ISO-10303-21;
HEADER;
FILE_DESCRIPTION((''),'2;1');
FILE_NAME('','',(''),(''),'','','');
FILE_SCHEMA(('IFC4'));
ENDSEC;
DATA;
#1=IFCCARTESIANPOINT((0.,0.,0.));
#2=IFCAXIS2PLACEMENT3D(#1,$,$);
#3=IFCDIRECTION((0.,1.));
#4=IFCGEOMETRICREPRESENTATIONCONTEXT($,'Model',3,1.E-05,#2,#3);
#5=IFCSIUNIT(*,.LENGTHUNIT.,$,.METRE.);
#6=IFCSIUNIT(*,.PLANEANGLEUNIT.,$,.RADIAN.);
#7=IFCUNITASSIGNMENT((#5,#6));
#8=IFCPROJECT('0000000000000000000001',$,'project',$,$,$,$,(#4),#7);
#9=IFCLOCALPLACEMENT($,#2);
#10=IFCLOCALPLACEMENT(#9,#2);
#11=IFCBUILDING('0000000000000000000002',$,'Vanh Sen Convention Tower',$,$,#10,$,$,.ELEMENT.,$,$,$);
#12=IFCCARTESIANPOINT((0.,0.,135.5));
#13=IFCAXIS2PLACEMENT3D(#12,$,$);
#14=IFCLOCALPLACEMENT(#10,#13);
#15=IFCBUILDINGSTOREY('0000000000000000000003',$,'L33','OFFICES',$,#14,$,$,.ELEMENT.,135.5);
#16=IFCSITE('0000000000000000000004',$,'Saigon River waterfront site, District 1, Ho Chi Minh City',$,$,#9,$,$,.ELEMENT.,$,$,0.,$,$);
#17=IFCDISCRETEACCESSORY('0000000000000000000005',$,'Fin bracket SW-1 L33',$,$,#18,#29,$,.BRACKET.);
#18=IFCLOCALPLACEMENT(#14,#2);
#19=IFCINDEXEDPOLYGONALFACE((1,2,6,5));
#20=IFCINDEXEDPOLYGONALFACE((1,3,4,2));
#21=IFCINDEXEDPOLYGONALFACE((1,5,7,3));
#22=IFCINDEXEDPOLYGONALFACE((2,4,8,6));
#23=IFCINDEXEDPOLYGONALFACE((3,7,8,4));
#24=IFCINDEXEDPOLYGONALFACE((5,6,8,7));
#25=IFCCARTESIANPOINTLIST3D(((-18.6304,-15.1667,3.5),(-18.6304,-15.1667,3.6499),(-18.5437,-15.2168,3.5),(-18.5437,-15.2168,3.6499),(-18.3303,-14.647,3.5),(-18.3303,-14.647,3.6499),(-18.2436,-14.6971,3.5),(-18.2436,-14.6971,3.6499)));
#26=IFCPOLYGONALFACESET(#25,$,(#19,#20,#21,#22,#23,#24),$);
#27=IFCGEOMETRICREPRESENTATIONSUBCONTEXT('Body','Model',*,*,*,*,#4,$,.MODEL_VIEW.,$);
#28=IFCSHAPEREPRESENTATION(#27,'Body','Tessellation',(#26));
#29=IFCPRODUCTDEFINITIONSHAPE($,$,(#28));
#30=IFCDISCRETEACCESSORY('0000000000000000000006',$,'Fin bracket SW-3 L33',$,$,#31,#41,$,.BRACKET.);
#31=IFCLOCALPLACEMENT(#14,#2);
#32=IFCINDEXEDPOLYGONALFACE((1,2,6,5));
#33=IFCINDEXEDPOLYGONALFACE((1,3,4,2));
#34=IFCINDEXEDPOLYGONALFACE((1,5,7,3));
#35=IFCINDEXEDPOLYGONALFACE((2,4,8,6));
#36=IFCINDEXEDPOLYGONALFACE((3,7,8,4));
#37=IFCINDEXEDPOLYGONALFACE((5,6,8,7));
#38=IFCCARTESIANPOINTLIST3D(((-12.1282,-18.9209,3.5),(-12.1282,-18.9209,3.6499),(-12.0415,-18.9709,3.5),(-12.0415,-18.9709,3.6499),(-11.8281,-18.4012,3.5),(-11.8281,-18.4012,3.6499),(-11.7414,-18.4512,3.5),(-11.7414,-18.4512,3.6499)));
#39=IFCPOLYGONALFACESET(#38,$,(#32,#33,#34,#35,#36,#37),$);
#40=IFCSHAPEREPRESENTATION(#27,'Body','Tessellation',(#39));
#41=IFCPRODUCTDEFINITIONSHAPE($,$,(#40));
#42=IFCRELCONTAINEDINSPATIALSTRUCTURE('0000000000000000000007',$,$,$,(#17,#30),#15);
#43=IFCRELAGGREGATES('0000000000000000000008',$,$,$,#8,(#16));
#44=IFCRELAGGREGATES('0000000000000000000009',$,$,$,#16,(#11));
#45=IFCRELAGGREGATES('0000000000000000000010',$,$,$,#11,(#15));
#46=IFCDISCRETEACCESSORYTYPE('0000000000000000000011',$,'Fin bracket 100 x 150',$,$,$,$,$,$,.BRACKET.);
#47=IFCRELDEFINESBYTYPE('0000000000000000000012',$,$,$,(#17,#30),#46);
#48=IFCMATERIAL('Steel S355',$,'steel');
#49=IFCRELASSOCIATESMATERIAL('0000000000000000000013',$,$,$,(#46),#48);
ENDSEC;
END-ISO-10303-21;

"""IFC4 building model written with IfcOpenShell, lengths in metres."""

from ifc_helpers import new_model, si_unit, direction, frame, origin, origin_2d, place, context, subcontext, project, spatial, rectangle, extrude, material, type_object, element, save


model = new_model("IFC4")

# Units and contexts
model_context = context("Model", 3, precision=1e-05, world=origin(), true_north=direction((0.0, 1.0)))
body_context = subcontext(model_context, "Body", "Model", "MODEL_VIEW")
ifc_project = project(units=[si_unit("LENGTHUNIT", "METRE"), si_unit("PLANEANGLEUNIT", "RADIAN")], contexts=[model_context])

# Site, building, storey
site_placement = place(None, origin())
site = spatial("IfcSite", under=ifc_project, at=site_placement, Name="Saigon River waterfront site, District 1, Ho Chi Minh City", CompositionType="ELEMENT", RefElevation=0.0)
building_placement = place(site_placement, origin())
building = spatial("IfcBuilding", under=site, at=building_placement, Name="Vanh Sen Convention Tower", CompositionType="ELEMENT")
storey_placement = place(building_placement, frame((0.0, 0.0, 135.5)))
storey = spatial("IfcBuildingStorey", under=building, at=storey_placement, Name="L33", Description="OFFICES", CompositionType="ELEMENT", Elevation=135.5)

# Discrete accessories
ifc_material_1 = material(Name="Steel S355", Category="steel")
discrete_accessory_type = type_object("IfcDiscreteAccessoryType", Name="Fin bracket 100 x 150", PredefinedType="BRACKET", material=ifc_material_1)
for number, where, z_axis, x_axis, name in (
    (1, (-18.437, -14.9319, 3.5), (0.0, 0.0, 1.0), (-0.5, -0.866025, 0.0), "Fin bracket SW-1 L33"),
    (2, (-11.9348, -18.686, 3.5), (0.0, 0.0, 1.0), (-0.5, -0.866025, 0.0), "Fin bracket SW-3 L33"),
):
    element("IfcDiscreteAccessory", number, at=place(storey_placement, frame(where, z_axis=z_axis, x_axis=x_axis)), inside=storey, type_object=discrete_accessory_type, Name=name, PredefinedType="BRACKET", context=body_context, shape_type="SweptSolid", body=[
        extrude(rectangle(XDim=0.6001, YDim=0.1001, at=origin_2d()), origin(), (0.0, 0.0, 1.0), 0.1499),
    ])

save(model, "model.ifc")
